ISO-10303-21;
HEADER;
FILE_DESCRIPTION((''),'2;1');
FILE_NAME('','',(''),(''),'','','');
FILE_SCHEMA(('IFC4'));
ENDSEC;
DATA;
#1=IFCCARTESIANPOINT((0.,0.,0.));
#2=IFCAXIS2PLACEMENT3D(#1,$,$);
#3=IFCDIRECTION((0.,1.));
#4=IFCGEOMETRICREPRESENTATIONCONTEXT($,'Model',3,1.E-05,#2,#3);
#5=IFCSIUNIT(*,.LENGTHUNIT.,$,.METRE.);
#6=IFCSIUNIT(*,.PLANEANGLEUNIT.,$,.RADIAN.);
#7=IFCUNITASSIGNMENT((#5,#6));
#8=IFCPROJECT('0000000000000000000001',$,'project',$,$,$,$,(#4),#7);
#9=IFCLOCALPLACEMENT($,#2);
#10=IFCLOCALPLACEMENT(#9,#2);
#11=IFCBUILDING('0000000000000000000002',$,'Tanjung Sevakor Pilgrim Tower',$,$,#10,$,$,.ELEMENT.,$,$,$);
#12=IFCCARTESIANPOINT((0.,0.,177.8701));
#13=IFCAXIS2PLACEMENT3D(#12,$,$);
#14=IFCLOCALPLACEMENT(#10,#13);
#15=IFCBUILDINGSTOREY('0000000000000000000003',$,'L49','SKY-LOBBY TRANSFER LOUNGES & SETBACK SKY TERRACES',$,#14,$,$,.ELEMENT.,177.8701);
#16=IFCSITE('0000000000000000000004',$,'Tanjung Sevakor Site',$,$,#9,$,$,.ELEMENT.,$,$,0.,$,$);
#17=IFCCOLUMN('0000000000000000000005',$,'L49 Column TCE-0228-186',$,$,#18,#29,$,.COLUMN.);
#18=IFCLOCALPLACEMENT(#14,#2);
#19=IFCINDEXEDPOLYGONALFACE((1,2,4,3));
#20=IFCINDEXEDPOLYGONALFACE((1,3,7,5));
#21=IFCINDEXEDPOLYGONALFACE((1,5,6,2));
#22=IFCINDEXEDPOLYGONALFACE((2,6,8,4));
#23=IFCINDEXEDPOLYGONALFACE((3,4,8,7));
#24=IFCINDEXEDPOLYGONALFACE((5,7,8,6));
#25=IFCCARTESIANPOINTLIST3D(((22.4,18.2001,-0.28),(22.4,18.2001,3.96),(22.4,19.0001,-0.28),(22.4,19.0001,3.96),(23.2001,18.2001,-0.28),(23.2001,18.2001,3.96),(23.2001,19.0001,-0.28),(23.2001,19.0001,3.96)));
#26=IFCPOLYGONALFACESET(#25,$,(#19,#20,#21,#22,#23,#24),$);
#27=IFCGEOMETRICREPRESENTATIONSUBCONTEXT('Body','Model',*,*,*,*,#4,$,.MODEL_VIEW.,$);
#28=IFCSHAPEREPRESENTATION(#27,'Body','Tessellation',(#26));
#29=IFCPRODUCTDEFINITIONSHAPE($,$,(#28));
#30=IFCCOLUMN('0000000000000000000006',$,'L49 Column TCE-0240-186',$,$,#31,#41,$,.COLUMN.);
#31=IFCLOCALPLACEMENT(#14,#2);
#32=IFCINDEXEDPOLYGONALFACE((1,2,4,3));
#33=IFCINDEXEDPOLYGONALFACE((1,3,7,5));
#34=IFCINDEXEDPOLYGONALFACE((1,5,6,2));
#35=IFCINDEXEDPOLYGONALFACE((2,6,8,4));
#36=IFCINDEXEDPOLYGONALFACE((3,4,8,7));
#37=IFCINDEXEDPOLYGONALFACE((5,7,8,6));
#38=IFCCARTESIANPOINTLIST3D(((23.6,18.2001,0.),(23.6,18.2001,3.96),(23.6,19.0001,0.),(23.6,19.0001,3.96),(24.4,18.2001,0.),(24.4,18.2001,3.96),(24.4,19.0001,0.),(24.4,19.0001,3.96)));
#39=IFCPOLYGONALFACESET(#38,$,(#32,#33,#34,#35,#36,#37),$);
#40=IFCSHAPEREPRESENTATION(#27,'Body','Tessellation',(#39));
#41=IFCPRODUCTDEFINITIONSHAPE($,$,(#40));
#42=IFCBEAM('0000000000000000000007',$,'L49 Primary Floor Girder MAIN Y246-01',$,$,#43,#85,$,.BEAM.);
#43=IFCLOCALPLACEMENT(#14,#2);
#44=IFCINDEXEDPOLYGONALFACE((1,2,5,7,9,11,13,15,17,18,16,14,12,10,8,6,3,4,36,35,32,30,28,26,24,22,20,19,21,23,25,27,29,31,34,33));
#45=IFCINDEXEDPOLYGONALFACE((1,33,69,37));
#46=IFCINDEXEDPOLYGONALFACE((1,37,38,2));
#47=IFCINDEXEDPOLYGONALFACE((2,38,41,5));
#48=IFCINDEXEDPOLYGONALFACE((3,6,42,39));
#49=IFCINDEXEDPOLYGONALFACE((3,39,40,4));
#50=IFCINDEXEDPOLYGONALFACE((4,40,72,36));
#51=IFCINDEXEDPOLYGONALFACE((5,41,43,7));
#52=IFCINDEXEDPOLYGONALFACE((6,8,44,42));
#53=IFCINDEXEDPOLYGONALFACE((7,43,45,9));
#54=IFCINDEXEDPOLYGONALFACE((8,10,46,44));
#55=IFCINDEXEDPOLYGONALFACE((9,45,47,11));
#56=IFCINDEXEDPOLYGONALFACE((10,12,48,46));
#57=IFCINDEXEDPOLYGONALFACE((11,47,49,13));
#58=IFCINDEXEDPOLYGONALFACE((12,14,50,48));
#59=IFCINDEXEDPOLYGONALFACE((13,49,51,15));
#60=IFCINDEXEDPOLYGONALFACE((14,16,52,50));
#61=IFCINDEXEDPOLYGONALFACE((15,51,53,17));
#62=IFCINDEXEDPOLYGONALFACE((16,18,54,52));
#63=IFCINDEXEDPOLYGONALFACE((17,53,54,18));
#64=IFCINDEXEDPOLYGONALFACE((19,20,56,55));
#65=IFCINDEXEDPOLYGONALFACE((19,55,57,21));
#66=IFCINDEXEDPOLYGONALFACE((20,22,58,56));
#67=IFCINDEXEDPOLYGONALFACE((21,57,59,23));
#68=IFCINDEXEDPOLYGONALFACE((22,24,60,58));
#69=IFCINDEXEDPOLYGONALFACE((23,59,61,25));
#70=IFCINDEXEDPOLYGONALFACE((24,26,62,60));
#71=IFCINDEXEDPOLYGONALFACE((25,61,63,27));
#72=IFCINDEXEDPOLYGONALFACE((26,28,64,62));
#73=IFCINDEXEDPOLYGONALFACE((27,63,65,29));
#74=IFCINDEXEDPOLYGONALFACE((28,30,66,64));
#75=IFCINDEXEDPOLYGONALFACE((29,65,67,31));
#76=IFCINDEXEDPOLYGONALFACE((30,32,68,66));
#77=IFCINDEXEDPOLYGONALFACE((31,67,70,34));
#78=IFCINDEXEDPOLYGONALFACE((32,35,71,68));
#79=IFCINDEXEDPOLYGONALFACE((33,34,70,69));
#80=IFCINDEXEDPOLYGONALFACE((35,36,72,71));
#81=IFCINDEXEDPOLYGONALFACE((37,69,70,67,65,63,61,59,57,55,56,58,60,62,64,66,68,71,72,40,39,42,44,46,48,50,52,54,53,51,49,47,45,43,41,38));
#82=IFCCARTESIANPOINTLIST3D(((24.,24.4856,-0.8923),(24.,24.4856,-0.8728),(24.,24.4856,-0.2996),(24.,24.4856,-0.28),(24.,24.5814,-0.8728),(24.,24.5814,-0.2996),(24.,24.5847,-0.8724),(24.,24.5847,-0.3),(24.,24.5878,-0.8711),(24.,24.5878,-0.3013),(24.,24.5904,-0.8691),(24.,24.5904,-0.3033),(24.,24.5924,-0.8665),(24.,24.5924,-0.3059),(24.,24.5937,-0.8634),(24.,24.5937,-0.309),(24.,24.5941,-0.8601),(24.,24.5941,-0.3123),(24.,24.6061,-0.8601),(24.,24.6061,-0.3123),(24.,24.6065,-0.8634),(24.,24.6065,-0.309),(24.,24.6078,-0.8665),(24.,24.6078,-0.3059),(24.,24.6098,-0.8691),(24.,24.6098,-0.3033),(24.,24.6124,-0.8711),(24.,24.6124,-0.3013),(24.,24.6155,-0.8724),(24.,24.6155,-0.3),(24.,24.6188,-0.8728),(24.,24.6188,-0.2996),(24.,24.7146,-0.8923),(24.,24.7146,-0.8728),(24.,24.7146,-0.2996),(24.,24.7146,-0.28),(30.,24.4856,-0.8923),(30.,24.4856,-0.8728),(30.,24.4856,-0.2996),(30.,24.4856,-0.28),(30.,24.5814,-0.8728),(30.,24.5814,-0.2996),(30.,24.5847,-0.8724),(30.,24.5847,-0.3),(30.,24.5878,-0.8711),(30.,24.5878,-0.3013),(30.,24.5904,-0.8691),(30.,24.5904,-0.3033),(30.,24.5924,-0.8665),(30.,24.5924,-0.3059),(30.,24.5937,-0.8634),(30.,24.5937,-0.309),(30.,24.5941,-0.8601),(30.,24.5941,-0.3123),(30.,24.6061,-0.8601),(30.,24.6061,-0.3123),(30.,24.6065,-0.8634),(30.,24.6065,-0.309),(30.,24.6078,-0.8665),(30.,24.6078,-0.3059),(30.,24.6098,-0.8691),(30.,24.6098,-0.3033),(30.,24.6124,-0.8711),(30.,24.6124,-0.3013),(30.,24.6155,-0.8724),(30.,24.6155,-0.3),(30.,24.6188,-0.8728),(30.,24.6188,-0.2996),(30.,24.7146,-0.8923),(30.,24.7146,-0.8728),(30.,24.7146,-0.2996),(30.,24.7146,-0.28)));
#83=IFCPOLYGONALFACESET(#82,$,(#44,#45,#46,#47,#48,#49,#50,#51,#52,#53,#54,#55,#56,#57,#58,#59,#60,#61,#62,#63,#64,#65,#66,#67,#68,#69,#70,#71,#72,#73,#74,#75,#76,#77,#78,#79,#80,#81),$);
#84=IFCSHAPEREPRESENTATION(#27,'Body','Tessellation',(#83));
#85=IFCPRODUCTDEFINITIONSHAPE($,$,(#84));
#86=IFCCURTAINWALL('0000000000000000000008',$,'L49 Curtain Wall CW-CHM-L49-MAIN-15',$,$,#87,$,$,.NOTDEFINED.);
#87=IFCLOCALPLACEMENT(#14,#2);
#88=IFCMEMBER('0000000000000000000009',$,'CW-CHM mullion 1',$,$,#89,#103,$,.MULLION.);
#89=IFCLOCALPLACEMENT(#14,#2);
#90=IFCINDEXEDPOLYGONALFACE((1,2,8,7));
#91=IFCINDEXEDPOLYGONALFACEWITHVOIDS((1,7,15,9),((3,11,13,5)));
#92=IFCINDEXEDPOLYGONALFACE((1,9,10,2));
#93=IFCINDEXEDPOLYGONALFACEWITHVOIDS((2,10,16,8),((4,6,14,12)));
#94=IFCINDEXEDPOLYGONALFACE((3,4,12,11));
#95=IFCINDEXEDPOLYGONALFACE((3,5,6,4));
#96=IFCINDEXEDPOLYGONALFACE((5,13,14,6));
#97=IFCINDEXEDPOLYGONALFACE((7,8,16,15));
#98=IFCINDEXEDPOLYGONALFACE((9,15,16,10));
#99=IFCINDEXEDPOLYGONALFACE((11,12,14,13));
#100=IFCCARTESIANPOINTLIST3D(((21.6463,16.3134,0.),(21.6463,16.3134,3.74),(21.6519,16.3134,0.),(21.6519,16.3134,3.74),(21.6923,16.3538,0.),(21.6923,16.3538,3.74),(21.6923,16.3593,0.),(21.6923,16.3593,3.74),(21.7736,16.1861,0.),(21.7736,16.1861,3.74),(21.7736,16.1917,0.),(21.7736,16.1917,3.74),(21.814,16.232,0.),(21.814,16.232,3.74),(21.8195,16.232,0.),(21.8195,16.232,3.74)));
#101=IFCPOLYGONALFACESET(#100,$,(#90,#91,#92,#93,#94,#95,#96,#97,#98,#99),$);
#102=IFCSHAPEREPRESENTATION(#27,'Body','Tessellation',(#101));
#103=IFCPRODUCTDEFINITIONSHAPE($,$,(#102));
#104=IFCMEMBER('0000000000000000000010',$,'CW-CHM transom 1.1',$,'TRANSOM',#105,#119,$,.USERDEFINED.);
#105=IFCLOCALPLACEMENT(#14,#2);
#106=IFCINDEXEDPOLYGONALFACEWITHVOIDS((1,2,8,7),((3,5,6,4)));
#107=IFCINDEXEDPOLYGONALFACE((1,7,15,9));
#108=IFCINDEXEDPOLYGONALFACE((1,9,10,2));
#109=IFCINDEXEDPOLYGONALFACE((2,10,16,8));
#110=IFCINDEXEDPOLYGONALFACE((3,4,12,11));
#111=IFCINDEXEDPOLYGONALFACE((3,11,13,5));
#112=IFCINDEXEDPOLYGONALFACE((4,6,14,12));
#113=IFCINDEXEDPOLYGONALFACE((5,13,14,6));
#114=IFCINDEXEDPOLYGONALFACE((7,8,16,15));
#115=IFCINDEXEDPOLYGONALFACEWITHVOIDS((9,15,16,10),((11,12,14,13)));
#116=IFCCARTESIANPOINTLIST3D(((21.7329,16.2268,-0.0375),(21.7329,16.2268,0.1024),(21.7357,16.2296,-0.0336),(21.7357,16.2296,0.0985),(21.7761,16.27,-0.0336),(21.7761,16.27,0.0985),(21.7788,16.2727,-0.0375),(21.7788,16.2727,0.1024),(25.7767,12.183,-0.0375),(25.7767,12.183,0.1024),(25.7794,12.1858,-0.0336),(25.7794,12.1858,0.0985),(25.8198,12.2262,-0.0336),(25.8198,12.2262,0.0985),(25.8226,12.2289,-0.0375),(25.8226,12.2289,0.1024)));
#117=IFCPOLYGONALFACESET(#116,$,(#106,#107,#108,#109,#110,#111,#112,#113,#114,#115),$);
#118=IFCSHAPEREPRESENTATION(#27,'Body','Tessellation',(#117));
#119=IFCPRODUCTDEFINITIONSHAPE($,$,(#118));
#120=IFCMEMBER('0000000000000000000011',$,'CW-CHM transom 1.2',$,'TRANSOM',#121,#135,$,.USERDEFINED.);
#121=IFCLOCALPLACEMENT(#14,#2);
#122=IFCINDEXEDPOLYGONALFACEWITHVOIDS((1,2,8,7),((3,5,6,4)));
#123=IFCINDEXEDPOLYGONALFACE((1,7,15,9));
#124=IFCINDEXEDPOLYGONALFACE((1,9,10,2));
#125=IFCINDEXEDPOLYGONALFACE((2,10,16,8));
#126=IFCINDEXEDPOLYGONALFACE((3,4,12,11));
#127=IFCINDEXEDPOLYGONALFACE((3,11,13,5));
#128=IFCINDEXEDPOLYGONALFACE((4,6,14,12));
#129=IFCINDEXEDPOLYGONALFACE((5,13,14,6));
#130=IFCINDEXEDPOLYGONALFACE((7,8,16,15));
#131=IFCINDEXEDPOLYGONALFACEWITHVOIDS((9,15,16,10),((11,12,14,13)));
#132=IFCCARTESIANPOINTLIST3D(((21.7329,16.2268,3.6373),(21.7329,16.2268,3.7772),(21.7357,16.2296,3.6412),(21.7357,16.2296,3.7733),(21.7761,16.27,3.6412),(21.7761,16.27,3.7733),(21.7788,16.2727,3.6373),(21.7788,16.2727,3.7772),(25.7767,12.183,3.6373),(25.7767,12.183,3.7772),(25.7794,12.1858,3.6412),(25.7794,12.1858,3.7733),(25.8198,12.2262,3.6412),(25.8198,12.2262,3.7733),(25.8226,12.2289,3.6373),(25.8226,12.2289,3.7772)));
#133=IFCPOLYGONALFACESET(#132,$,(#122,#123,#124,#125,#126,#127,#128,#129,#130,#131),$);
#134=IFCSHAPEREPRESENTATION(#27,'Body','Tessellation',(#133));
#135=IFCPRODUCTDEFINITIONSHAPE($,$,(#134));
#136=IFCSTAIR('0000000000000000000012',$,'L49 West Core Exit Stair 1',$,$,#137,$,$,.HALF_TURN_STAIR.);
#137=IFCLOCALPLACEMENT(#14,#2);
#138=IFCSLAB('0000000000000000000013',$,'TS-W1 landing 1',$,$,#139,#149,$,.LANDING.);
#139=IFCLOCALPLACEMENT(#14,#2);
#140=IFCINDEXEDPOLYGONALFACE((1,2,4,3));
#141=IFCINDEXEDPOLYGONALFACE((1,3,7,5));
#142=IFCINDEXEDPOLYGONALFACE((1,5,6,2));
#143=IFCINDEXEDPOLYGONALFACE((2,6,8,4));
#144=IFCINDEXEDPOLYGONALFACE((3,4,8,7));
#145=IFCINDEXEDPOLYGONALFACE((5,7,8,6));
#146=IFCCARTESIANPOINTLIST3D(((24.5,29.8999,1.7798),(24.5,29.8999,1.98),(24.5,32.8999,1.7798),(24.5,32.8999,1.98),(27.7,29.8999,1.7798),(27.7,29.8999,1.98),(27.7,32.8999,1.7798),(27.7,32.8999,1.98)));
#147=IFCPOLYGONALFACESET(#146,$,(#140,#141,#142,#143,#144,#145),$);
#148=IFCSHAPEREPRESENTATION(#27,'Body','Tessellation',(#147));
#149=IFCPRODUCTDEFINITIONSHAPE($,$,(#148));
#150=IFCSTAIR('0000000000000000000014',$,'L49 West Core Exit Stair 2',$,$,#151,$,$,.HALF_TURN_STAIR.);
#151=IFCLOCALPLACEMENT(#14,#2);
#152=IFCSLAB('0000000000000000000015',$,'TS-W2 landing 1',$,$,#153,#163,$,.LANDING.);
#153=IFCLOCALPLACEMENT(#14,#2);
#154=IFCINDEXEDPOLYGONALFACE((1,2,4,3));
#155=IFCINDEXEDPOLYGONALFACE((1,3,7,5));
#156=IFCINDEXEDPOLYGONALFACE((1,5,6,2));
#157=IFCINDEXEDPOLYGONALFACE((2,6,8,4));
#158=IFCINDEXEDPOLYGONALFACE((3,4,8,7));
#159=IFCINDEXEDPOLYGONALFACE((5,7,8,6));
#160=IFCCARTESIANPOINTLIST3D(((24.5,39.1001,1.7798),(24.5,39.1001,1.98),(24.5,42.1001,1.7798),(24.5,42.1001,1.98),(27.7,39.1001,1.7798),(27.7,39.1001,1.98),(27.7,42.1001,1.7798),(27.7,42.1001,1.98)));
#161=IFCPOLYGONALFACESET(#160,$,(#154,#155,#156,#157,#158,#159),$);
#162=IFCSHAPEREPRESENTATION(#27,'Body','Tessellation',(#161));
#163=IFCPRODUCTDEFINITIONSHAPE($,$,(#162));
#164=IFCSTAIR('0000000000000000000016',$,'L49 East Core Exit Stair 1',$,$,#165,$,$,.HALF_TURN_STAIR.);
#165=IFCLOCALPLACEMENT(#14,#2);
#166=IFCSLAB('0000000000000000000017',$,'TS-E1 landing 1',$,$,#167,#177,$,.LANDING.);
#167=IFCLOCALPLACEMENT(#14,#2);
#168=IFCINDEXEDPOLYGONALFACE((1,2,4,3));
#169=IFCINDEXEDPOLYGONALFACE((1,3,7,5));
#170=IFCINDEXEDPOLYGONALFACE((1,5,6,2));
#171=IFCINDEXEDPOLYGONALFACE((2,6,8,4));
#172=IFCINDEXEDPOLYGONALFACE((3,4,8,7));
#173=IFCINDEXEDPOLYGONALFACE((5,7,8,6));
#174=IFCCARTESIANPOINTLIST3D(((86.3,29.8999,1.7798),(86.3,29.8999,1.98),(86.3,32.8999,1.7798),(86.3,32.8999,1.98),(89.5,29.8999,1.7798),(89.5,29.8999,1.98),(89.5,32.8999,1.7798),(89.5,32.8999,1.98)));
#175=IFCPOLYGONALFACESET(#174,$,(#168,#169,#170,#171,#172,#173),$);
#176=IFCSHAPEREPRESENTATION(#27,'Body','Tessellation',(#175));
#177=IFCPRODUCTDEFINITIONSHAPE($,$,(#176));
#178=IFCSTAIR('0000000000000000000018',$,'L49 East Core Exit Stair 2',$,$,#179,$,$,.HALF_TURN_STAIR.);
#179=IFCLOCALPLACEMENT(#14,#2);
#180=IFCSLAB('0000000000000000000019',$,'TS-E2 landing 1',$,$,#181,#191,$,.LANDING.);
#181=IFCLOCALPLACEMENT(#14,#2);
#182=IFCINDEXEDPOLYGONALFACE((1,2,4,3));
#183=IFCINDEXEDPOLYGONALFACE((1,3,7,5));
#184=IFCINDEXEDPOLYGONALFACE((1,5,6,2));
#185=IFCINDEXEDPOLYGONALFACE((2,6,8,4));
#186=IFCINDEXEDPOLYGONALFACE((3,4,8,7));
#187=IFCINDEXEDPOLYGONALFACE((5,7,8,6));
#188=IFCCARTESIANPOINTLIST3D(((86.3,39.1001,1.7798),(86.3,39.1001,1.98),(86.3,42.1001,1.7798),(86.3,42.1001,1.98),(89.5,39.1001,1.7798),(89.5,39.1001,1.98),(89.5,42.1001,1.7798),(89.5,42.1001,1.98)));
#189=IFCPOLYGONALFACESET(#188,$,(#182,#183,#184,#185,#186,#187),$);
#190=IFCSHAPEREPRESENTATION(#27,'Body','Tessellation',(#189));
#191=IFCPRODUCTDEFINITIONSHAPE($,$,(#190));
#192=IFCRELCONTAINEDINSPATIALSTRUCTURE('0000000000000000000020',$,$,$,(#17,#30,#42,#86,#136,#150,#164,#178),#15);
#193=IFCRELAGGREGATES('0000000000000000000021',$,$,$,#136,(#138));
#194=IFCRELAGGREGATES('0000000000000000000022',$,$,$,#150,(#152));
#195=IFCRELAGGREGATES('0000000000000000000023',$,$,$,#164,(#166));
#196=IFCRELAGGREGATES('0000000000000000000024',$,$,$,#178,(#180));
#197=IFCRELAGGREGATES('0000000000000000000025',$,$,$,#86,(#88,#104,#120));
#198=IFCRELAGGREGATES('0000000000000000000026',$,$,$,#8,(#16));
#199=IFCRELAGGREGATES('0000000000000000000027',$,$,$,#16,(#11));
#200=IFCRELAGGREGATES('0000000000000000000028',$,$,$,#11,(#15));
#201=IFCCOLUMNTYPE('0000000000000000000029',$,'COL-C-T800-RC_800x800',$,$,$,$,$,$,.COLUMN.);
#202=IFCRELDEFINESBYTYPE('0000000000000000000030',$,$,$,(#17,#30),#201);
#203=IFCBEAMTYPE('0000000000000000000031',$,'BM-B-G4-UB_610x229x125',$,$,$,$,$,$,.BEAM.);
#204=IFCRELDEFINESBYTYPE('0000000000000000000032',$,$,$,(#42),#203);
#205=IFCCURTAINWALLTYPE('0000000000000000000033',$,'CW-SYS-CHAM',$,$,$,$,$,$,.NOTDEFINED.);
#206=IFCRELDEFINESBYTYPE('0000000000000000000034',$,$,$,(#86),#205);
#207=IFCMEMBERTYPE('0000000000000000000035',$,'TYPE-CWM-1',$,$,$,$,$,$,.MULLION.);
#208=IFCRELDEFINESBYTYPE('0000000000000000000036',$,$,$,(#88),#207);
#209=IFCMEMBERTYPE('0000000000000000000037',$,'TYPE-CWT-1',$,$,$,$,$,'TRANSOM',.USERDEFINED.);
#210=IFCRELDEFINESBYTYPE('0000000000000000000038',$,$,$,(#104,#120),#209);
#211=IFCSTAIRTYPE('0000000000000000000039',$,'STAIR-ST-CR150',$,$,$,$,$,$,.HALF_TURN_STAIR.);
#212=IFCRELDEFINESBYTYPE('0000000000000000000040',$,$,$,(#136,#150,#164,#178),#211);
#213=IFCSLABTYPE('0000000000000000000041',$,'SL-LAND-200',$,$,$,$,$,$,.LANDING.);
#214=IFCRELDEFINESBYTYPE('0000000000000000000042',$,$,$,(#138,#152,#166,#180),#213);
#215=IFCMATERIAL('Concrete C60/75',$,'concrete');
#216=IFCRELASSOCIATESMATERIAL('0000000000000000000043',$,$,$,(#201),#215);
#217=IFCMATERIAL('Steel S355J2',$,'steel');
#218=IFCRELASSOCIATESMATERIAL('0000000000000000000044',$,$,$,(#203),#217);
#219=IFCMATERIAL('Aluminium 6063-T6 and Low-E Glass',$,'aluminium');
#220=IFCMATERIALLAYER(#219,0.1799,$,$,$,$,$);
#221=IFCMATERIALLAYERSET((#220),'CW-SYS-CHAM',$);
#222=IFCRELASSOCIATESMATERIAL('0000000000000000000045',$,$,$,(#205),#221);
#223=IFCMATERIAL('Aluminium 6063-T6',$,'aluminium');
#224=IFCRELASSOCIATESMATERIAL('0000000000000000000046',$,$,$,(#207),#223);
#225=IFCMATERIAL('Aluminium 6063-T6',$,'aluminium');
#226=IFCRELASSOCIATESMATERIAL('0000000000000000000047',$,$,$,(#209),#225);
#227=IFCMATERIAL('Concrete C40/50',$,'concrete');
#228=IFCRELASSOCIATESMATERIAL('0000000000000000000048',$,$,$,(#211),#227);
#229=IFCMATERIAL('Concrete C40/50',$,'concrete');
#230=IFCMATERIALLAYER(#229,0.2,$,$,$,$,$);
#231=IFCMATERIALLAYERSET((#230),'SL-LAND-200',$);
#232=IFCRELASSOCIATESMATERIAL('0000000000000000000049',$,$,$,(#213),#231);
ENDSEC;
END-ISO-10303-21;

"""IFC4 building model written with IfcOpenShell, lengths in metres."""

from ifc_helpers import new_model, si_unit, direction, frame, origin, origin_2d, place, context, subcontext, project, spatial, polyline, rectangle, hollow_rectangle, i_section, outline, extrude, material, layer, layer_set, material_profile, profile_set, type_object, element, aggregate, save


model = new_model("IFC4")

# Units and contexts
model_context = context("Model", 3, precision=1e-05, world=origin(), true_north=direction((0.0, 1.0)))
body_context = subcontext(model_context, "Body", "Model", "MODEL_VIEW")
ifc_project = project(units=[si_unit("LENGTHUNIT", "METRE"), si_unit("PLANEANGLEUNIT", "RADIAN")], contexts=[model_context])

# Site, building, storey
site_placement = place(None, origin())
site = spatial("IfcSite", under=ifc_project, at=site_placement, Name="Tanjung Sevakor Site", CompositionType="ELEMENT", RefElevation=0.0)
building_placement = place(site_placement, origin())
building = spatial("IfcBuilding", under=site, at=building_placement, Name="Tanjung Sevakor Pilgrim Tower", CompositionType="ELEMENT")
storey_placement = place(building_placement, frame((0.0, 0.0, 177.8701)))
storey = spatial("IfcBuildingStorey", under=building, at=storey_placement, Name="L49", Description="SKY-LOBBY TRANSFER LOUNGES & SETBACK SKY TERRACES", CompositionType="ELEMENT", Elevation=177.8701)

# Columns
ifc_material_1 = material(Name="Concrete C60/75", Category="concrete")
ifc_material_profile_1 = material_profile(ifc_material_1, rectangle(XDim=0.8, YDim=0.8, at=origin_2d()))
ifc_profile_set_1 = profile_set([ifc_material_profile_1], Name="Concrete C60/75")
column_type = type_object("IfcColumnType", Name="COL-C-T800-RC_800x800", PredefinedType="COLUMN", material=ifc_profile_set_1)
column_1_placement = place(storey_placement, frame((22.8, 18.6001, -0.28), z_axis=(0.0, 0.0, 1.0), x_axis=(1.0, 0.0, 0.0)))
element("IfcColumn", 1, at=column_1_placement, inside=storey, type_object=column_type, Name="L49 Column TCE-0228-186", PredefinedType="COLUMN", context=body_context, shape_type="SweptSolid", body=[
    extrude(rectangle(XDim=0.8, YDim=0.8, at=origin_2d()), origin(), (0.0, 0.0, 1.0), 4.24),
])
column_2_placement = place(storey_placement, frame((24.0, 18.6001, 0.0), z_axis=(0.0, 0.0, 1.0), x_axis=(1.0, 0.0, 0.0)))
element("IfcColumn", 2, at=column_2_placement, inside=storey, type_object=column_type, Name="L49 Column TCE-0240-186", PredefinedType="COLUMN", context=body_context, shape_type="SweptSolid", body=[
    extrude(rectangle(XDim=0.8, YDim=0.8, at=origin_2d()), origin(), (0.0, 0.0, 1.0), 3.96),
])

# Beam
ifc_material_2 = material(Name="Steel S355J2", Category="steel")
ifc_material_profile_2 = material_profile(ifc_material_2, i_section(OverallWidth=0.229, OverallDepth=0.6123, WebThickness=0.012, FlangeThickness=0.0195, FilletRadius=0.0127, at=origin_2d()))
ifc_profile_set_2 = profile_set([ifc_material_profile_2], Name="Steel S355J2")
beam_type = type_object("IfcBeamType", Name="BM-B-G4-UB_610x229x125", PredefinedType="BEAM", material=ifc_profile_set_2)
beam_placement = place(storey_placement, frame((24.0, 24.6001, -0.5862), z_axis=(1.0, 0.0, 0.0), x_axis=(0.0, 1.0, 0.0)))
element("IfcBeam", 3, at=beam_placement, inside=storey, type_object=beam_type, Name="L49 Primary Floor Girder MAIN Y246-01", PredefinedType="BEAM", context=body_context, shape_type="SweptSolid", body=[
    extrude(i_section(OverallWidth=0.229, OverallDepth=0.6123, WebThickness=0.012, FlangeThickness=0.0195, FilletRadius=0.0127, at=origin_2d()), origin(), (0.0, 0.0, 1.0), 6.0),
])

# Curtain wall, members
ifc_material_3 = material(Name="Aluminium 6063-T6 and Low-E Glass", Category="aluminium")
ifc_layer_1 = layer(ifc_material_3, 0.1799)
ifc_layer_set_1 = layer_set([ifc_layer_1], Name="CW-SYS-CHAM")
curtain_wall_type = type_object("IfcCurtainWallType", Name="CW-SYS-CHAM", PredefinedType="NOTDEFINED", material=ifc_layer_set_1)
curtain_wall_placement = place(storey_placement, origin())
curtain_wall = element("IfcCurtainWall", 4, at=curtain_wall_placement, inside=storey, type_object=curtain_wall_type, Name="L49 Curtain Wall CW-CHM-L49-MAIN-15", PredefinedType="NOTDEFINED")
ifc_material_4 = material(Name="Aluminium 6063-T6", Category="aluminium")
ifc_material_profile_3 = material_profile(ifc_material_4, hollow_rectangle(XDim=0.0649, YDim=0.1799, WallThickness=0.0039, at=origin_2d()))
ifc_profile_set_3 = profile_set([ifc_material_profile_3], Name="Aluminium 6063-T6")
member_type_1 = type_object("IfcMemberType", Name="TYPE-CWM-1", PredefinedType="MULLION", material=ifc_profile_set_3)
member_1_placement = place(storey_placement, frame((21.7329, 16.2727, 0.0), z_axis=(0.0, 0.0, 1.0), x_axis=(0.707107, 0.707107, 0.0)))
member_1 = element("IfcMember", 5, at=member_1_placement, type_object=member_type_1, Name="CW-CHM mullion 1", PredefinedType="MULLION", context=body_context, shape_type="SweptSolid", body=[
    extrude(hollow_rectangle(XDim=0.0649, YDim=0.1799, WallThickness=0.0039, at=origin_2d()), origin(), (0.0, 0.0, 1.0), 3.74),
])
ifc_material_5 = material(Name="Aluminium 6063-T6", Category="aluminium")
ifc_material_profile_4 = material_profile(ifc_material_5, hollow_rectangle(XDim=0.0649, YDim=0.1399, WallThickness=0.0039, at=origin_2d()))
ifc_profile_set_4 = profile_set([ifc_material_profile_4], Name="Aluminium 6063-T6")
member_type_2 = type_object("IfcMemberType", Name="TYPE-CWT-1", ElementType="TRANSOM", PredefinedType="USERDEFINED", material=ifc_profile_set_4)
member_2_placement = place(storey_placement, frame((21.7559, 16.2498, 0.0325), z_axis=(0.707107, -0.707107, 0.0), x_axis=(0.707107, 0.707107, 0.0)))
member_2 = element("IfcMember", 6, at=member_2_placement, type_object=member_type_2, Name="CW-CHM transom 1.1", ObjectType="TRANSOM", PredefinedType="USERDEFINED", context=body_context, shape_type="SweptSolid", body=[
    extrude(hollow_rectangle(XDim=0.0649, YDim=0.1399, WallThickness=0.0039, at=origin_2d()), origin(), (0.0, 0.0, 1.0), 5.7188),
])
member_3_placement = place(storey_placement, frame((21.7559, 16.2498, 3.7073), z_axis=(0.707107, -0.707107, 0.0), x_axis=(0.707107, 0.707107, 0.0)))
member_3 = element("IfcMember", 7, at=member_3_placement, type_object=member_type_2, Name="CW-CHM transom 1.2", ObjectType="TRANSOM", PredefinedType="USERDEFINED", context=body_context, shape_type="SweptSolid", body=[
    extrude(hollow_rectangle(XDim=0.0649, YDim=0.1399, WallThickness=0.0039, at=origin_2d()), origin(), (0.0, 0.0, 1.0), 5.7188),
])

# Stairs, slabs
ifc_material_6 = material(Name="Concrete C40/50", Category="concrete")
stair_type = type_object("IfcStairType", Name="STAIR-ST-CR150", PredefinedType="HALF_TURN_STAIR", material=ifc_material_6)
stair_1_placement = place(storey_placement, origin())
stair_1 = element("IfcStair", 8, at=stair_1_placement, inside=storey, type_object=stair_type, Name="L49 West Core Exit Stair 1", PredefinedType="HALF_TURN_STAIR")
ifc_material_7 = material(Name="Concrete C40/50", Category="concrete")
ifc_layer_2 = layer(ifc_material_7, 0.2)
ifc_layer_set_2 = layer_set([ifc_layer_2], Name="SL-LAND-200")
slab_type_1 = type_object("IfcSlabType", Name="SL-LAND-200", PredefinedType="LANDING", material=ifc_layer_set_2)
slab_1_placement = place(storey_placement, frame((0.0, 0.0, 1.7798)))
slab_1 = element("IfcSlab", 9, at=slab_1_placement, type_object=slab_type_1, Name="TS-W1 landing 1", PredefinedType="LANDING", context=body_context, shape_type="SweptSolid", body=[
    extrude(outline(polyline([(27.7, 29.8999), (27.7, 32.8999), (24.5, 32.8999), (24.5, 29.8999), (27.7, 29.8999)])), origin(), (0.0, 0.0, 1.0), 0.2002),
])
aggregate(stair_1, [slab_1])
stair_2_placement = place(storey_placement, origin())
stair_2 = element("IfcStair", 10, at=stair_2_placement, inside=storey, type_object=stair_type, Name="L49 West Core Exit Stair 2", PredefinedType="HALF_TURN_STAIR")
slab_2_placement = place(storey_placement, frame((0.0, 0.0, 1.7798)))
slab_2 = element("IfcSlab", 11, at=slab_2_placement, type_object=slab_type_1, Name="TS-W2 landing 1", PredefinedType="LANDING", context=body_context, shape_type="SweptSolid", body=[
    extrude(outline(polyline([(27.7, 39.1001), (27.7, 42.1001), (24.5, 42.1001), (24.5, 39.1001), (27.7, 39.1001)])), origin(), (0.0, 0.0, 1.0), 0.2002),
])
aggregate(stair_2, [slab_2])
stair_3_placement = place(storey_placement, origin())
stair_3 = element("IfcStair", 12, at=stair_3_placement, inside=storey, type_object=stair_type, Name="L49 East Core Exit Stair 1", PredefinedType="HALF_TURN_STAIR")
slab_3_placement = place(storey_placement, frame((0.0, 0.0, 1.7798)))
slab_3 = element("IfcSlab", 13, at=slab_3_placement, type_object=slab_type_1, Name="TS-E1 landing 1", PredefinedType="LANDING", context=body_context, shape_type="SweptSolid", body=[
    extrude(outline(polyline([(89.5, 29.8999), (89.5, 32.8999), (86.3, 32.8999), (86.3, 29.8999), (89.5, 29.8999)])), origin(), (0.0, 0.0, 1.0), 0.2002),
])
aggregate(stair_3, [slab_3])
stair_4_placement = place(storey_placement, origin())
stair_4 = element("IfcStair", 14, at=stair_4_placement, inside=storey, type_object=stair_type, Name="L49 East Core Exit Stair 2", PredefinedType="HALF_TURN_STAIR")
slab_4_placement = place(storey_placement, frame((0.0, 0.0, 1.7798)))
slab_4 = element("IfcSlab", 15, at=slab_4_placement, type_object=slab_type_1, Name="TS-E2 landing 1", PredefinedType="LANDING", context=body_context, shape_type="SweptSolid", body=[
    extrude(outline(polyline([(89.5, 39.1001), (89.5, 42.1001), (86.3, 42.1001), (86.3, 39.1001), (89.5, 39.1001)])), origin(), (0.0, 0.0, 1.0), 0.2002),
])
aggregate(stair_4, [slab_4])

aggregate(curtain_wall, [member_1, member_2, member_3])

save(model, "model.ifc")
